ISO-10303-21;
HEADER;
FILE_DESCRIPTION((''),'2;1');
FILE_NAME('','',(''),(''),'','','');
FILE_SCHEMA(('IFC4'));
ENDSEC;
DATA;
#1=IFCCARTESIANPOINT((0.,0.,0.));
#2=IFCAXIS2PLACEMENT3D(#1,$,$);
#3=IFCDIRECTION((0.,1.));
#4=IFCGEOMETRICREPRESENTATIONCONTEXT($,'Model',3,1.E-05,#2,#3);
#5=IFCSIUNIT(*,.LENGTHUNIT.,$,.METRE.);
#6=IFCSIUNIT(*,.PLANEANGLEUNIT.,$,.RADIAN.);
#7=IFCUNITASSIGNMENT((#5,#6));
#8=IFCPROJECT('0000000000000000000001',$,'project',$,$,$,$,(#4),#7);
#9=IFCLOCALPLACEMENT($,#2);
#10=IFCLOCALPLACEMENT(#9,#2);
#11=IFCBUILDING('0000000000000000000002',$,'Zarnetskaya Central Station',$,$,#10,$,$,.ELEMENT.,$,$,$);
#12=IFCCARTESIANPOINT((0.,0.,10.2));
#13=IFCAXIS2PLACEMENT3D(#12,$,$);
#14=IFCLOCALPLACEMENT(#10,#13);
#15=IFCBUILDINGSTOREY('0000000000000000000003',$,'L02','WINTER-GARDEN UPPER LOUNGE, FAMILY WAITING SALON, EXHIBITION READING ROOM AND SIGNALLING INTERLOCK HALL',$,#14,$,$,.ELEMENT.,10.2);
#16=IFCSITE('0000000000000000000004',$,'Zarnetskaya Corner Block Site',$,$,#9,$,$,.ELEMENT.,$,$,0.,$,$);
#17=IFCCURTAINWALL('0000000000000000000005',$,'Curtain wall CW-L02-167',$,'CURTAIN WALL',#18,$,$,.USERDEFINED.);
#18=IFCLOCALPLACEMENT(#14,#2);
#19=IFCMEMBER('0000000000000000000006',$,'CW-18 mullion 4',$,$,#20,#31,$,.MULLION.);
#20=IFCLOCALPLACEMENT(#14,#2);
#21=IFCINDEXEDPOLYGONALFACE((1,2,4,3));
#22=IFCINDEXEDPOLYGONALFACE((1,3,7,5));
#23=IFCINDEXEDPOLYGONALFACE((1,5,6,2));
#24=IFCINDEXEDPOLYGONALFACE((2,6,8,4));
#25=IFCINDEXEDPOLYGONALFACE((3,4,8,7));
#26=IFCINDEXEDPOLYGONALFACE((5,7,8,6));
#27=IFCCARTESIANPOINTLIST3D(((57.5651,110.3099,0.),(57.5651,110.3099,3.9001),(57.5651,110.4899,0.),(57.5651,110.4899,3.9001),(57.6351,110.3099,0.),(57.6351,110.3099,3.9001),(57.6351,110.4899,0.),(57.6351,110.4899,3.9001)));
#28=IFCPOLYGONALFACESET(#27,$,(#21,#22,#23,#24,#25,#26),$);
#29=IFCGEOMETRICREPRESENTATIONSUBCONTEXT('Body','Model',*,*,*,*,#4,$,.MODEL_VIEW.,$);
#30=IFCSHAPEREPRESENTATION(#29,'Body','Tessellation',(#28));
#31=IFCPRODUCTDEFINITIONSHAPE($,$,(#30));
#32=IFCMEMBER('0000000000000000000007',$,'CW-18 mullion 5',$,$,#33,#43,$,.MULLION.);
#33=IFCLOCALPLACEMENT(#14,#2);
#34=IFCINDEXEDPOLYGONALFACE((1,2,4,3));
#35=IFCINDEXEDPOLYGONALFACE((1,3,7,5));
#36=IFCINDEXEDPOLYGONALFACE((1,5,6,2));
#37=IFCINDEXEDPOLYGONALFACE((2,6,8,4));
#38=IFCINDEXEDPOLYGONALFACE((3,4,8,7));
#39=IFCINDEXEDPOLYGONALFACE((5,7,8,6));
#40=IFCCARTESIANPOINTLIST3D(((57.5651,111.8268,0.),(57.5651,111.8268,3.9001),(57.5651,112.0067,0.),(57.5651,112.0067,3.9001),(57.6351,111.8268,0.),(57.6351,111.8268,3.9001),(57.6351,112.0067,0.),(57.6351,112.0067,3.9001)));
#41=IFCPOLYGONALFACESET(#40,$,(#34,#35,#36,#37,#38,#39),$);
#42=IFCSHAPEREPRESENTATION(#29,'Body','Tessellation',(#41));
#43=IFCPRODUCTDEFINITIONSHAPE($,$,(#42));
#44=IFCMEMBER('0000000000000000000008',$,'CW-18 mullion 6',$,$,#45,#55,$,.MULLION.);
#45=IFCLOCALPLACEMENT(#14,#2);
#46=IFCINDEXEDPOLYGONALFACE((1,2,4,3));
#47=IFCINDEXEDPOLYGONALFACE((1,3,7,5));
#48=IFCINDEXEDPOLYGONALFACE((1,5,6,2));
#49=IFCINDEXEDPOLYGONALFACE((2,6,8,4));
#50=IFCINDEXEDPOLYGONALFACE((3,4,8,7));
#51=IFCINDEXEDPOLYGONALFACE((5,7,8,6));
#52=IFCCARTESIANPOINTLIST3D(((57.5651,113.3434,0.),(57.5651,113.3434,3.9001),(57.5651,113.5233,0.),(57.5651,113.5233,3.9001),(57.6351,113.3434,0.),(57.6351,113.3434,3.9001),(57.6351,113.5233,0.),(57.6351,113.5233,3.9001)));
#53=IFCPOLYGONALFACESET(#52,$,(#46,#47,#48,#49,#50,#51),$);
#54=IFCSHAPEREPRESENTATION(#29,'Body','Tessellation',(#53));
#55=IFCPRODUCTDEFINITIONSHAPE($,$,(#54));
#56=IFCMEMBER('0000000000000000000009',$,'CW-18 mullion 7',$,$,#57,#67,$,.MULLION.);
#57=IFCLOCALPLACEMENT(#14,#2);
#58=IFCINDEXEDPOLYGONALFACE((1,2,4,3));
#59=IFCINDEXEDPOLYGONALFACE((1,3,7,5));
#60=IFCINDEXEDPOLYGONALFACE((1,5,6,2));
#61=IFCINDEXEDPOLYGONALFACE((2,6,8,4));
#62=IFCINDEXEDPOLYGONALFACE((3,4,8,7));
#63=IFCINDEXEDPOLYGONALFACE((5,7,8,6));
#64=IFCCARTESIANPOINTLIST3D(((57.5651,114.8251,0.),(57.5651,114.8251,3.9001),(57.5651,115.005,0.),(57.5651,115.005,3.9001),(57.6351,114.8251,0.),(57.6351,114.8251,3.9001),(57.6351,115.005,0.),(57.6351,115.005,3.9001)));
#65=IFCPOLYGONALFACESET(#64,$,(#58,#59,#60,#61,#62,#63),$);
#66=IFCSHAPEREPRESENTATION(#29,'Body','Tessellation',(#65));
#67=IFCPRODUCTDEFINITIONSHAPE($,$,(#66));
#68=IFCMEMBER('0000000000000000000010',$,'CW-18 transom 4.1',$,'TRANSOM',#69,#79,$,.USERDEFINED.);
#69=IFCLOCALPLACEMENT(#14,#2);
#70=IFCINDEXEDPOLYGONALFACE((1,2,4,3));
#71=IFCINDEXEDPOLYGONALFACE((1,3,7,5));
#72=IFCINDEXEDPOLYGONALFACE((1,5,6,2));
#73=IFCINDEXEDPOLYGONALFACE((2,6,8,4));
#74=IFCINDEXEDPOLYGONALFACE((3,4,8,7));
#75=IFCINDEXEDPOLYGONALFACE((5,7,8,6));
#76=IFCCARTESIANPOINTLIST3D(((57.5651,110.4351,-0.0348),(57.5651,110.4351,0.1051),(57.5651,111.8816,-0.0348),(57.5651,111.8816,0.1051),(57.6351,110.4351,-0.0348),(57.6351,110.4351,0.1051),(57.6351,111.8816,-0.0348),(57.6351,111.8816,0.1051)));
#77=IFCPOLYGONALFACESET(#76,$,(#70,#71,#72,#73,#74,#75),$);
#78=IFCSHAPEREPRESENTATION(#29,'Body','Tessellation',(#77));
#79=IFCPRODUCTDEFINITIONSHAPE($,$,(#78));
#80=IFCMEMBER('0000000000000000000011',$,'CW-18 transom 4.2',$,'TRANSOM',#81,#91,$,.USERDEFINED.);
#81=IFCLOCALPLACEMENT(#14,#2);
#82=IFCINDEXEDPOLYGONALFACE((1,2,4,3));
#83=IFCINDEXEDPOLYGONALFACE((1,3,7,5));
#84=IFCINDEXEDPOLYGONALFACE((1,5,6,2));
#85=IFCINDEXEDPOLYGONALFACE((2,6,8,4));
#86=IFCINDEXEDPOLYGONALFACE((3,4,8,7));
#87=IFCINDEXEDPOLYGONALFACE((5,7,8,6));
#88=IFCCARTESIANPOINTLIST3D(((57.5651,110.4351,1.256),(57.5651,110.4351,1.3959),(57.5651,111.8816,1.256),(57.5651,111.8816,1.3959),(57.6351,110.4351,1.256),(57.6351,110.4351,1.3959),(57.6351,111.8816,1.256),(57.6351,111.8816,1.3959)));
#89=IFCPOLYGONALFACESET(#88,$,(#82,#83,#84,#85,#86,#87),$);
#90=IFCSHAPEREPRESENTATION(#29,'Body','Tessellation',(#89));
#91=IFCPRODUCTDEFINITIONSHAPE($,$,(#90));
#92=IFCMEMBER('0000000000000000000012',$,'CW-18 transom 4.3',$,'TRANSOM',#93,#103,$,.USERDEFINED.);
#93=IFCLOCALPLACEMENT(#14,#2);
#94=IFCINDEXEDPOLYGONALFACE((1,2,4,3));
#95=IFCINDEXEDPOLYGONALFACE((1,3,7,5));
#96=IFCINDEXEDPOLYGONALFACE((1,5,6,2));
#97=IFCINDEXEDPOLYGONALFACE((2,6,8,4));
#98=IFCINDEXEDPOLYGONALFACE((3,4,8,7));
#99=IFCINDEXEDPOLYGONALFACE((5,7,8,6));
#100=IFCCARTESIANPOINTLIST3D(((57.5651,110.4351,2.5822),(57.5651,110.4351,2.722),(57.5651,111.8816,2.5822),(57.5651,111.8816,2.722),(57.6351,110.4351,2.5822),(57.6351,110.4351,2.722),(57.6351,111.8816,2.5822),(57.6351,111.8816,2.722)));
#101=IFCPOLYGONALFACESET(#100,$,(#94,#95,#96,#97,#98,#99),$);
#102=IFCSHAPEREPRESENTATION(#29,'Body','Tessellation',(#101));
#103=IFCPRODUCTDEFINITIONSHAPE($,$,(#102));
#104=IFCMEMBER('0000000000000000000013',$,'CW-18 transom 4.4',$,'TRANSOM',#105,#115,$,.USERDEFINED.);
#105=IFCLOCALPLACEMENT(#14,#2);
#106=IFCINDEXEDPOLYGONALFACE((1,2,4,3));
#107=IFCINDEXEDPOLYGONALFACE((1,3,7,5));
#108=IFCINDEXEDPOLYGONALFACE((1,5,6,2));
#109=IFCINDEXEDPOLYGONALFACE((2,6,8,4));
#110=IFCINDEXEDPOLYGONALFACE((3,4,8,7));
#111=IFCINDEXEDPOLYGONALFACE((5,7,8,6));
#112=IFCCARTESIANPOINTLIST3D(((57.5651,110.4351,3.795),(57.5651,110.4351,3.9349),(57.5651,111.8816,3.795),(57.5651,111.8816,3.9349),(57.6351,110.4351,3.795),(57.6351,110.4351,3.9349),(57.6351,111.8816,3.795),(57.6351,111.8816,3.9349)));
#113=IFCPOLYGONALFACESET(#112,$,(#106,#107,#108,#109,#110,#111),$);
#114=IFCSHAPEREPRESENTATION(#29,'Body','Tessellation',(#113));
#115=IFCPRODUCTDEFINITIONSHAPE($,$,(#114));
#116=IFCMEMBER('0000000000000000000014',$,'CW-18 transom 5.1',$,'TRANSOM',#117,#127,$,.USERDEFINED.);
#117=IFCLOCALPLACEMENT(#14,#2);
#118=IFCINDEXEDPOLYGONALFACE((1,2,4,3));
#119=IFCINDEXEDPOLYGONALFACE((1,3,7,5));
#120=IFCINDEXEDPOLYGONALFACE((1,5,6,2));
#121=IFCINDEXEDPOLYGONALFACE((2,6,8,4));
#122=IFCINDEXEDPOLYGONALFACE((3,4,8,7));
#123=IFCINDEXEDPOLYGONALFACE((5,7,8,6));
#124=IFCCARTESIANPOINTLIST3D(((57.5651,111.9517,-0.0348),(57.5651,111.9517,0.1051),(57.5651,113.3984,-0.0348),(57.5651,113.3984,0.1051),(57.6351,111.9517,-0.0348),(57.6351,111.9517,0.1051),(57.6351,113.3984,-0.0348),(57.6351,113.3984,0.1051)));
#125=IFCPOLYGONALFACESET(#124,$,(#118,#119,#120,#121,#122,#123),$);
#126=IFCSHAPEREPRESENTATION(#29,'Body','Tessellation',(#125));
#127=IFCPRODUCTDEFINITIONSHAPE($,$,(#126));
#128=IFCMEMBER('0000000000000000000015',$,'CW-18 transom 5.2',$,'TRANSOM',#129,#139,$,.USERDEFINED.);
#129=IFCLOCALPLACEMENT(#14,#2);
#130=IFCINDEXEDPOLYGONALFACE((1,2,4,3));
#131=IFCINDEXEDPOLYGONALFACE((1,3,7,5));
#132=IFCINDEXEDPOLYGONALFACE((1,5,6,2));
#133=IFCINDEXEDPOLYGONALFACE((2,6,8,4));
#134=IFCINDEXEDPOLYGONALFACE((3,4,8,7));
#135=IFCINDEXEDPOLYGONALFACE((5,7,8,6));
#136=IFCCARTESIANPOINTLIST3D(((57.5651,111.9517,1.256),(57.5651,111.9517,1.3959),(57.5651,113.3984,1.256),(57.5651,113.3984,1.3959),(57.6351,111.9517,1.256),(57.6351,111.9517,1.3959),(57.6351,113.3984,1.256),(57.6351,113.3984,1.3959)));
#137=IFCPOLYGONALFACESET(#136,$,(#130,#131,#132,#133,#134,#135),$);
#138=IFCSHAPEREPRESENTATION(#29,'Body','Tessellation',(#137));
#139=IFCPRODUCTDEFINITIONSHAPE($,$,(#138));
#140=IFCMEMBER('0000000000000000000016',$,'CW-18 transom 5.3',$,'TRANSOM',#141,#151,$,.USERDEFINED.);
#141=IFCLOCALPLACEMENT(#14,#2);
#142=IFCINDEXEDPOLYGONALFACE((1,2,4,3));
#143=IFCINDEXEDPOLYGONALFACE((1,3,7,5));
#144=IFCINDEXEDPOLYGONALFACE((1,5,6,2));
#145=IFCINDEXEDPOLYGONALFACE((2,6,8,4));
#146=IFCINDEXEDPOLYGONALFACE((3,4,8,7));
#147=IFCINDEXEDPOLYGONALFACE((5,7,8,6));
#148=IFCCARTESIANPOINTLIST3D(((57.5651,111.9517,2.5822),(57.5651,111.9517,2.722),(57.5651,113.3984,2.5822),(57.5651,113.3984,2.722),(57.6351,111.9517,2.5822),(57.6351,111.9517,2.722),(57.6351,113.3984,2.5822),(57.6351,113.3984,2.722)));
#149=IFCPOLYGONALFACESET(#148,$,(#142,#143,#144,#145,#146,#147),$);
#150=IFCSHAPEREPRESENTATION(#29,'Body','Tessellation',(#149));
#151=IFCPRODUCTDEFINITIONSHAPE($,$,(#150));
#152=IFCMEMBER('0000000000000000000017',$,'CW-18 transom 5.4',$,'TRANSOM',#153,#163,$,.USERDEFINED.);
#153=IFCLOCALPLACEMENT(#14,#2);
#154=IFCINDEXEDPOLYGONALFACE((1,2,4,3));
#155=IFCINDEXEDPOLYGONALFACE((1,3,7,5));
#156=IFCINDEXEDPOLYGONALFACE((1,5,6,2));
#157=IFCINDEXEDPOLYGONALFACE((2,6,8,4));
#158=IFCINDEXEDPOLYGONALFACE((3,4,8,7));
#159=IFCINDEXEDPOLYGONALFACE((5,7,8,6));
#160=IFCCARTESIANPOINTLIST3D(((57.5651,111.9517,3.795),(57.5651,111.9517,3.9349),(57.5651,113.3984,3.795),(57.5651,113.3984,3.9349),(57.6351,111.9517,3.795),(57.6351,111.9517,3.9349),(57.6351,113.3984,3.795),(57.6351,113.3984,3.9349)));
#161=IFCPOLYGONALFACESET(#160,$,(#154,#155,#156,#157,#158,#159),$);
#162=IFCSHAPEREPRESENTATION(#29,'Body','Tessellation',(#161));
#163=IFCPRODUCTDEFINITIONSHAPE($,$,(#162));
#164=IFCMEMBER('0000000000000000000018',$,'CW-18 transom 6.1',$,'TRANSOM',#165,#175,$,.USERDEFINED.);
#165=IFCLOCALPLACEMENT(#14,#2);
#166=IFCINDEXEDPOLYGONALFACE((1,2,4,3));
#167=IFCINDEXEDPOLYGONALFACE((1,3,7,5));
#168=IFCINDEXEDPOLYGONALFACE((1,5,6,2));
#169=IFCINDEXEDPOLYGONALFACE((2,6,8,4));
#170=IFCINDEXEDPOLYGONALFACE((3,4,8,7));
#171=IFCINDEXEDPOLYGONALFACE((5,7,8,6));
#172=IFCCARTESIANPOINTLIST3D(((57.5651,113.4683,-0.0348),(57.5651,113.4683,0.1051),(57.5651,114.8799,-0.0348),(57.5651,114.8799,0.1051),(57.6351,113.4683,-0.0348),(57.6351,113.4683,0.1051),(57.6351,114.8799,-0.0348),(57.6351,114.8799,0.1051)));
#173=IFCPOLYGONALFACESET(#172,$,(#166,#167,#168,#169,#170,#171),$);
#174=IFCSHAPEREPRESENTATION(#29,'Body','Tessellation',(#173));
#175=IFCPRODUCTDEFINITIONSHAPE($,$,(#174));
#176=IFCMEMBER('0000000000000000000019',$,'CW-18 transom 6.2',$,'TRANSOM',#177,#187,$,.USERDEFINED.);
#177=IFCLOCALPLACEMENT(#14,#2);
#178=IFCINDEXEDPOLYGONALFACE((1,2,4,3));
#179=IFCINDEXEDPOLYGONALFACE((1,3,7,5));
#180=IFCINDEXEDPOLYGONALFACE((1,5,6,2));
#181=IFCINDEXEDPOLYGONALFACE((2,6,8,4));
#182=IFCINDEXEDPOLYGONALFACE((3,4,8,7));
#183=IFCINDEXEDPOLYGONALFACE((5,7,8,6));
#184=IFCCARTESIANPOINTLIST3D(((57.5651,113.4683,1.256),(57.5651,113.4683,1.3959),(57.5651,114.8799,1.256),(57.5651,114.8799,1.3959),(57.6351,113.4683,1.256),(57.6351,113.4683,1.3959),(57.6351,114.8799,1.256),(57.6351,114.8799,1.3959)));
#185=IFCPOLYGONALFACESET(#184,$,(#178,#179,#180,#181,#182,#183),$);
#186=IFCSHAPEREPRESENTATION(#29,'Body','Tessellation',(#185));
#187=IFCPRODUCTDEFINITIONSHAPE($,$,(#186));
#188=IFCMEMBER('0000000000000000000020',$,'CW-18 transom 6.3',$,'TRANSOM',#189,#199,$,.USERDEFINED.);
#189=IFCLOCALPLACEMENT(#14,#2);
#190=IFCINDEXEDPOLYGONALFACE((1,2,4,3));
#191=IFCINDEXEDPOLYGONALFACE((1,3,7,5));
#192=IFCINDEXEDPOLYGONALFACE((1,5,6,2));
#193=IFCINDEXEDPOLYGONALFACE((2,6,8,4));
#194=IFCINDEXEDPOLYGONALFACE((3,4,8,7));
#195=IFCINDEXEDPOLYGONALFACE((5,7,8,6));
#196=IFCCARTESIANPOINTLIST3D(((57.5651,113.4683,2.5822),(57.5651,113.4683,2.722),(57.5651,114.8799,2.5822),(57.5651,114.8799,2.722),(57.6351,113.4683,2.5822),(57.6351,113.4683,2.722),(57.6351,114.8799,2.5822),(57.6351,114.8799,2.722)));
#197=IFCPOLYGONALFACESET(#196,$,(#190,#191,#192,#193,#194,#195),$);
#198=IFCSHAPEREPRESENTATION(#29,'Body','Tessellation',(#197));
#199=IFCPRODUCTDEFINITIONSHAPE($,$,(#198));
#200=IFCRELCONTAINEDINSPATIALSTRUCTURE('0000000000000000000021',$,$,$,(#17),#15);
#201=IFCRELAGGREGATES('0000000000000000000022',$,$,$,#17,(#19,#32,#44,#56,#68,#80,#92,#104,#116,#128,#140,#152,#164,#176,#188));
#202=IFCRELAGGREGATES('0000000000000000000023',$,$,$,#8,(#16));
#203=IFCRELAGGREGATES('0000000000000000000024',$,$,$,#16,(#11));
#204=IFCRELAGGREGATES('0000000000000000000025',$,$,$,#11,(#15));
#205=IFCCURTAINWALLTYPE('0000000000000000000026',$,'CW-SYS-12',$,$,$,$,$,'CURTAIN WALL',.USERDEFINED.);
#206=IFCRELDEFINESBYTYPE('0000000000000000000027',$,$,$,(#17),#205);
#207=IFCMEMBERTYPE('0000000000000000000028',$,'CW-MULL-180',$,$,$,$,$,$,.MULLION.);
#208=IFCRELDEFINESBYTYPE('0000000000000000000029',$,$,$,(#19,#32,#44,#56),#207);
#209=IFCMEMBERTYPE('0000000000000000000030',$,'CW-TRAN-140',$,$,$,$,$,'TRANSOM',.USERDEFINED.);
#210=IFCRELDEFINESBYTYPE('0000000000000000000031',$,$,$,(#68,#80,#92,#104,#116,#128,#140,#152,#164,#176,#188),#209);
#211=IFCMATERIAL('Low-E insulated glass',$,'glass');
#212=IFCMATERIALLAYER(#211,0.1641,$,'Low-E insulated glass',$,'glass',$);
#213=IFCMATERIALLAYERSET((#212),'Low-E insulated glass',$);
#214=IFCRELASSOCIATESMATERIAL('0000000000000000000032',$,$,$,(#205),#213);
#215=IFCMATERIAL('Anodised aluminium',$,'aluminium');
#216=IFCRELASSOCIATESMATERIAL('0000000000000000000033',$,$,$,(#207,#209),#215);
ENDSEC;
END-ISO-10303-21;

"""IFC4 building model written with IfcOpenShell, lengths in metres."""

from ifc_helpers import new_model, si_unit, direction, frame, origin, origin_2d, place, context, subcontext, project, spatial, rectangle, extrude, material, layer, layer_set, material_profile, profile_set, type_object, element, aggregate, save


model = new_model("IFC4")

# Units and contexts
model_context = context("Model", 3, precision=1e-05, world=origin(), true_north=direction((0.0, 1.0)))
body_context = subcontext(model_context, "Body", "Model", "MODEL_VIEW")
ifc_project = project(units=[si_unit("LENGTHUNIT", "METRE"), si_unit("PLANEANGLEUNIT", "RADIAN")], contexts=[model_context])

# Site, building, storey
site_placement = place(None, origin())
site = spatial("IfcSite", under=ifc_project, at=site_placement, Name="Zarnetskaya Corner Block Site", CompositionType="ELEMENT", RefElevation=0.0)
building_placement = place(site_placement, origin())
building = spatial("IfcBuilding", under=site, at=building_placement, Name="Zarnetskaya Central Station", CompositionType="ELEMENT")
storey_placement = place(building_placement, frame((0.0, 0.0, 10.2)))
storey = spatial("IfcBuildingStorey", under=building, at=storey_placement, Name="L02", Description="WINTER-GARDEN UPPER LOUNGE, FAMILY WAITING SALON, EXHIBITION READING ROOM AND SIGNALLING INTERLOCK HALL", CompositionType="ELEMENT", Elevation=10.2)

# Curtain wall, members
ifc_material_1 = material(Name="Low-E insulated glass", Category="glass")
ifc_layer_1 = layer(ifc_material_1, 0.1641, Name="Low-E insulated glass", Category="glass")
ifc_layer_set_1 = layer_set([ifc_layer_1], Name="Low-E insulated glass")
curtain_wall_type = type_object("IfcCurtainWallType", Name="CW-SYS-12", ElementType="CURTAIN WALL", PredefinedType="USERDEFINED", material=ifc_layer_set_1)
curtain_wall_placement = place(storey_placement, origin())
curtain_wall = element("IfcCurtainWall", 1, at=curtain_wall_placement, inside=storey, type_object=curtain_wall_type, Name="Curtain wall CW-L02-167", ObjectType="CURTAIN WALL", PredefinedType="USERDEFINED")
ifc_material_2 = material(Name="Anodised aluminium", Category="aluminium")
ifc_material_profile_1 = material_profile(ifc_material_2, rectangle(XDim=0.0701, YDim=0.1799, at=origin_2d()), Name="ALU MULL 70x180")
ifc_profile_set_1 = profile_set([ifc_material_profile_1], Name="Anodised aluminium")
member_type_1 = type_object("IfcMemberType", Name="CW-MULL-180", PredefinedType="MULLION", material=ifc_profile_set_1)
member_1_placement = place(storey_placement, frame((57.6001, 110.3999, 0.0), z_axis=(0.0, 0.0, 1.0), x_axis=(-1.0, 0.0, 0.0)))
member_1 = element("IfcMember", 2, at=member_1_placement, type_object=member_type_1, Name="CW-18 mullion 4", PredefinedType="MULLION", context=body_context, shape_type="SweptSolid", body=[
    extrude(rectangle(XDim=0.0701, YDim=0.1799, at=origin_2d()), origin(), (0.0, 0.0, 1.0), 3.9001),
])
member_2_placement = place(storey_placement, frame((57.6001, 111.9167, 0.0), z_axis=(0.0, 0.0, 1.0), x_axis=(-1.0, 0.0, 0.0)))
member_2 = element("IfcMember", 3, at=member_2_placement, type_object=member_type_1, Name="CW-18 mullion 5", PredefinedType="MULLION", context=body_context, shape_type="SweptSolid", body=[
    extrude(rectangle(XDim=0.0701, YDim=0.1799, at=origin_2d()), origin(), (0.0, 0.0, 1.0), 3.9001),
])
member_3_placement = place(storey_placement, frame((57.6001, 113.4333, 0.0), z_axis=(0.0, 0.0, 1.0), x_axis=(-1.0, 0.0, 0.0)))
member_3 = element("IfcMember", 4, at=member_3_placement, type_object=member_type_1, Name="CW-18 mullion 6", PredefinedType="MULLION", context=body_context, shape_type="SweptSolid", body=[
    extrude(rectangle(XDim=0.0701, YDim=0.1799, at=origin_2d()), origin(), (0.0, 0.0, 1.0), 3.9001),
])
member_4_placement = place(storey_placement, frame((57.6001, 114.915, 0.0), z_axis=(0.0, 0.0, 1.0), x_axis=(-1.0, 0.0, 0.0)))
member_4 = element("IfcMember", 5, at=member_4_placement, type_object=member_type_1, Name="CW-18 mullion 7", PredefinedType="MULLION", context=body_context, shape_type="SweptSolid", body=[
    extrude(rectangle(XDim=0.0701, YDim=0.1799, at=origin_2d()), origin(), (0.0, 0.0, 1.0), 3.9001),
])
ifc_material_profile_2 = material_profile(ifc_material_2, rectangle(XDim=0.0701, YDim=0.1399, at=origin_2d()), Name="ALU TRAN 70x140")
ifc_profile_set_2 = profile_set([ifc_material_profile_2], Name="Anodised aluminium")
member_type_2 = type_object("IfcMemberType", Name="CW-TRAN-140", ElementType="TRANSOM", PredefinedType="USERDEFINED", material=ifc_profile_set_2)
member_5_placement = place(storey_placement, frame((57.6001, 110.4351, 0.0352), z_axis=(0.0, 1.0, 0.0), x_axis=(-1.0, 0.0, 0.0)))
member_5 = element("IfcMember", 6, at=member_5_placement, type_object=member_type_2, Name="CW-18 transom 4.1", ObjectType="TRANSOM", PredefinedType="USERDEFINED", context=body_context, shape_type="SweptSolid", body=[
    extrude(rectangle(XDim=0.0701, YDim=0.1399, at=origin_2d()), origin(), (0.0, 0.0, 1.0), 1.4465),
])
member_6_placement = place(storey_placement, frame((57.6001, 110.4351, 1.3259), z_axis=(0.0, 1.0, 0.0), x_axis=(-1.0, 0.0, 0.0)))
member_6 = element("IfcMember", 7, at=member_6_placement, type_object=member_type_2, Name="CW-18 transom 4.2", ObjectType="TRANSOM", PredefinedType="USERDEFINED", context=body_context, shape_type="SweptSolid", body=[
    extrude(rectangle(XDim=0.0701, YDim=0.1399, at=origin_2d()), origin(), (0.0, 0.0, 1.0), 1.4465),
])
member_7_placement = place(storey_placement, frame((57.6001, 110.4351, 2.6521), z_axis=(0.0, 1.0, 0.0), x_axis=(-1.0, 0.0, 0.0)))
member_7 = element("IfcMember", 8, at=member_7_placement, type_object=member_type_2, Name="CW-18 transom 4.3", ObjectType="TRANSOM", PredefinedType="USERDEFINED", context=body_context, shape_type="SweptSolid", body=[
    extrude(rectangle(XDim=0.0701, YDim=0.1399, at=origin_2d()), origin(), (0.0, 0.0, 1.0), 1.4465),
])
member_8_placement = place(storey_placement, frame((57.6001, 110.4351, 3.865), z_axis=(0.0, 1.0, 0.0), x_axis=(-1.0, 0.0, 0.0)))
member_8 = element("IfcMember", 9, at=member_8_placement, type_object=member_type_2, Name="CW-18 transom 4.4", ObjectType="TRANSOM", PredefinedType="USERDEFINED", context=body_context, shape_type="SweptSolid", body=[
    extrude(rectangle(XDim=0.0701, YDim=0.1399, at=origin_2d()), origin(), (0.0, 0.0, 1.0), 1.4465),
])
member_9_placement = place(storey_placement, frame((57.6001, 111.9517, 0.0352), z_axis=(0.0, 1.0, 0.0), x_axis=(-1.0, 0.0, 0.0)))
member_9 = element("IfcMember", 10, at=member_9_placement, type_object=member_type_2, Name="CW-18 transom 5.1", ObjectType="TRANSOM", PredefinedType="USERDEFINED", context=body_context, shape_type="SweptSolid", body=[
    extrude(rectangle(XDim=0.0701, YDim=0.1399, at=origin_2d()), origin(), (0.0, 0.0, 1.0), 1.4468),
])
member_10_placement = place(storey_placement, frame((57.6001, 111.9517, 1.3259), z_axis=(0.0, 1.0, 0.0), x_axis=(-1.0, 0.0, 0.0)))
member_10 = element("IfcMember", 11, at=member_10_placement, type_object=member_type_2, Name="CW-18 transom 5.2", ObjectType="TRANSOM", PredefinedType="USERDEFINED", context=body_context, shape_type="SweptSolid", body=[
    extrude(rectangle(XDim=0.0701, YDim=0.1399, at=origin_2d()), origin(), (0.0, 0.0, 1.0), 1.4468),
])
member_11_placement = place(storey_placement, frame((57.6001, 111.9517, 2.6521), z_axis=(0.0, 1.0, 0.0), x_axis=(-1.0, 0.0, 0.0)))
member_11 = element("IfcMember", 12, at=member_11_placement, type_object=member_type_2, Name="CW-18 transom 5.3", ObjectType="TRANSOM", PredefinedType="USERDEFINED", context=body_context, shape_type="SweptSolid", body=[
    extrude(rectangle(XDim=0.0701, YDim=0.1399, at=origin_2d()), origin(), (0.0, 0.0, 1.0), 1.4468),
])
member_12_placement = place(storey_placement, frame((57.6001, 111.9517, 3.865), z_axis=(0.0, 1.0, 0.0), x_axis=(-1.0, 0.0, 0.0)))
member_12 = element("IfcMember", 13, at=member_12_placement, type_object=member_type_2, Name="CW-18 transom 5.4", ObjectType="TRANSOM", PredefinedType="USERDEFINED", context=body_context, shape_type="SweptSolid", body=[
    extrude(rectangle(XDim=0.0701, YDim=0.1399, at=origin_2d()), origin(), (0.0, 0.0, 1.0), 1.4468),
])
member_13_placement = place(storey_placement, frame((57.6001, 113.4683, 0.0352), z_axis=(0.0, 1.0, 0.0), x_axis=(-1.0, 0.0, 0.0)))
member_13 = element("IfcMember", 14, at=member_13_placement, type_object=member_type_2, Name="CW-18 transom 6.1", ObjectType="TRANSOM", PredefinedType="USERDEFINED", context=body_context, shape_type="SweptSolid", body=[
    extrude(rectangle(XDim=0.0701, YDim=0.1399, at=origin_2d()), origin(), (0.0, 0.0, 1.0), 1.4116),
])
member_14_placement = place(storey_placement, frame((57.6001, 113.4683, 1.3259), z_axis=(0.0, 1.0, 0.0), x_axis=(-1.0, 0.0, 0.0)))
member_14 = element("IfcMember", 15, at=member_14_placement, type_object=member_type_2, Name="CW-18 transom 6.2", ObjectType="TRANSOM", PredefinedType="USERDEFINED", context=body_context, shape_type="SweptSolid", body=[
    extrude(rectangle(XDim=0.0701, YDim=0.1399, at=origin_2d()), origin(), (0.0, 0.0, 1.0), 1.4116),
])
member_15_placement = place(storey_placement, frame((57.6001, 113.4683, 2.6521), z_axis=(0.0, 1.0, 0.0), x_axis=(-1.0, 0.0, 0.0)))
member_15 = element("IfcMember", 16, at=member_15_placement, type_object=member_type_2, Name="CW-18 transom 6.3", ObjectType="TRANSOM", PredefinedType="USERDEFINED", context=body_context, shape_type="SweptSolid", body=[
    extrude(rectangle(XDim=0.0701, YDim=0.1399, at=origin_2d()), origin(), (0.0, 0.0, 1.0), 1.4116),
])
aggregate(curtain_wall, [member_1, member_2, member_3, member_4, member_5, member_6, member_7, member_8, member_9, member_10, member_11, member_12, member_13, member_14, member_15])

save(model, "model.ifc")
